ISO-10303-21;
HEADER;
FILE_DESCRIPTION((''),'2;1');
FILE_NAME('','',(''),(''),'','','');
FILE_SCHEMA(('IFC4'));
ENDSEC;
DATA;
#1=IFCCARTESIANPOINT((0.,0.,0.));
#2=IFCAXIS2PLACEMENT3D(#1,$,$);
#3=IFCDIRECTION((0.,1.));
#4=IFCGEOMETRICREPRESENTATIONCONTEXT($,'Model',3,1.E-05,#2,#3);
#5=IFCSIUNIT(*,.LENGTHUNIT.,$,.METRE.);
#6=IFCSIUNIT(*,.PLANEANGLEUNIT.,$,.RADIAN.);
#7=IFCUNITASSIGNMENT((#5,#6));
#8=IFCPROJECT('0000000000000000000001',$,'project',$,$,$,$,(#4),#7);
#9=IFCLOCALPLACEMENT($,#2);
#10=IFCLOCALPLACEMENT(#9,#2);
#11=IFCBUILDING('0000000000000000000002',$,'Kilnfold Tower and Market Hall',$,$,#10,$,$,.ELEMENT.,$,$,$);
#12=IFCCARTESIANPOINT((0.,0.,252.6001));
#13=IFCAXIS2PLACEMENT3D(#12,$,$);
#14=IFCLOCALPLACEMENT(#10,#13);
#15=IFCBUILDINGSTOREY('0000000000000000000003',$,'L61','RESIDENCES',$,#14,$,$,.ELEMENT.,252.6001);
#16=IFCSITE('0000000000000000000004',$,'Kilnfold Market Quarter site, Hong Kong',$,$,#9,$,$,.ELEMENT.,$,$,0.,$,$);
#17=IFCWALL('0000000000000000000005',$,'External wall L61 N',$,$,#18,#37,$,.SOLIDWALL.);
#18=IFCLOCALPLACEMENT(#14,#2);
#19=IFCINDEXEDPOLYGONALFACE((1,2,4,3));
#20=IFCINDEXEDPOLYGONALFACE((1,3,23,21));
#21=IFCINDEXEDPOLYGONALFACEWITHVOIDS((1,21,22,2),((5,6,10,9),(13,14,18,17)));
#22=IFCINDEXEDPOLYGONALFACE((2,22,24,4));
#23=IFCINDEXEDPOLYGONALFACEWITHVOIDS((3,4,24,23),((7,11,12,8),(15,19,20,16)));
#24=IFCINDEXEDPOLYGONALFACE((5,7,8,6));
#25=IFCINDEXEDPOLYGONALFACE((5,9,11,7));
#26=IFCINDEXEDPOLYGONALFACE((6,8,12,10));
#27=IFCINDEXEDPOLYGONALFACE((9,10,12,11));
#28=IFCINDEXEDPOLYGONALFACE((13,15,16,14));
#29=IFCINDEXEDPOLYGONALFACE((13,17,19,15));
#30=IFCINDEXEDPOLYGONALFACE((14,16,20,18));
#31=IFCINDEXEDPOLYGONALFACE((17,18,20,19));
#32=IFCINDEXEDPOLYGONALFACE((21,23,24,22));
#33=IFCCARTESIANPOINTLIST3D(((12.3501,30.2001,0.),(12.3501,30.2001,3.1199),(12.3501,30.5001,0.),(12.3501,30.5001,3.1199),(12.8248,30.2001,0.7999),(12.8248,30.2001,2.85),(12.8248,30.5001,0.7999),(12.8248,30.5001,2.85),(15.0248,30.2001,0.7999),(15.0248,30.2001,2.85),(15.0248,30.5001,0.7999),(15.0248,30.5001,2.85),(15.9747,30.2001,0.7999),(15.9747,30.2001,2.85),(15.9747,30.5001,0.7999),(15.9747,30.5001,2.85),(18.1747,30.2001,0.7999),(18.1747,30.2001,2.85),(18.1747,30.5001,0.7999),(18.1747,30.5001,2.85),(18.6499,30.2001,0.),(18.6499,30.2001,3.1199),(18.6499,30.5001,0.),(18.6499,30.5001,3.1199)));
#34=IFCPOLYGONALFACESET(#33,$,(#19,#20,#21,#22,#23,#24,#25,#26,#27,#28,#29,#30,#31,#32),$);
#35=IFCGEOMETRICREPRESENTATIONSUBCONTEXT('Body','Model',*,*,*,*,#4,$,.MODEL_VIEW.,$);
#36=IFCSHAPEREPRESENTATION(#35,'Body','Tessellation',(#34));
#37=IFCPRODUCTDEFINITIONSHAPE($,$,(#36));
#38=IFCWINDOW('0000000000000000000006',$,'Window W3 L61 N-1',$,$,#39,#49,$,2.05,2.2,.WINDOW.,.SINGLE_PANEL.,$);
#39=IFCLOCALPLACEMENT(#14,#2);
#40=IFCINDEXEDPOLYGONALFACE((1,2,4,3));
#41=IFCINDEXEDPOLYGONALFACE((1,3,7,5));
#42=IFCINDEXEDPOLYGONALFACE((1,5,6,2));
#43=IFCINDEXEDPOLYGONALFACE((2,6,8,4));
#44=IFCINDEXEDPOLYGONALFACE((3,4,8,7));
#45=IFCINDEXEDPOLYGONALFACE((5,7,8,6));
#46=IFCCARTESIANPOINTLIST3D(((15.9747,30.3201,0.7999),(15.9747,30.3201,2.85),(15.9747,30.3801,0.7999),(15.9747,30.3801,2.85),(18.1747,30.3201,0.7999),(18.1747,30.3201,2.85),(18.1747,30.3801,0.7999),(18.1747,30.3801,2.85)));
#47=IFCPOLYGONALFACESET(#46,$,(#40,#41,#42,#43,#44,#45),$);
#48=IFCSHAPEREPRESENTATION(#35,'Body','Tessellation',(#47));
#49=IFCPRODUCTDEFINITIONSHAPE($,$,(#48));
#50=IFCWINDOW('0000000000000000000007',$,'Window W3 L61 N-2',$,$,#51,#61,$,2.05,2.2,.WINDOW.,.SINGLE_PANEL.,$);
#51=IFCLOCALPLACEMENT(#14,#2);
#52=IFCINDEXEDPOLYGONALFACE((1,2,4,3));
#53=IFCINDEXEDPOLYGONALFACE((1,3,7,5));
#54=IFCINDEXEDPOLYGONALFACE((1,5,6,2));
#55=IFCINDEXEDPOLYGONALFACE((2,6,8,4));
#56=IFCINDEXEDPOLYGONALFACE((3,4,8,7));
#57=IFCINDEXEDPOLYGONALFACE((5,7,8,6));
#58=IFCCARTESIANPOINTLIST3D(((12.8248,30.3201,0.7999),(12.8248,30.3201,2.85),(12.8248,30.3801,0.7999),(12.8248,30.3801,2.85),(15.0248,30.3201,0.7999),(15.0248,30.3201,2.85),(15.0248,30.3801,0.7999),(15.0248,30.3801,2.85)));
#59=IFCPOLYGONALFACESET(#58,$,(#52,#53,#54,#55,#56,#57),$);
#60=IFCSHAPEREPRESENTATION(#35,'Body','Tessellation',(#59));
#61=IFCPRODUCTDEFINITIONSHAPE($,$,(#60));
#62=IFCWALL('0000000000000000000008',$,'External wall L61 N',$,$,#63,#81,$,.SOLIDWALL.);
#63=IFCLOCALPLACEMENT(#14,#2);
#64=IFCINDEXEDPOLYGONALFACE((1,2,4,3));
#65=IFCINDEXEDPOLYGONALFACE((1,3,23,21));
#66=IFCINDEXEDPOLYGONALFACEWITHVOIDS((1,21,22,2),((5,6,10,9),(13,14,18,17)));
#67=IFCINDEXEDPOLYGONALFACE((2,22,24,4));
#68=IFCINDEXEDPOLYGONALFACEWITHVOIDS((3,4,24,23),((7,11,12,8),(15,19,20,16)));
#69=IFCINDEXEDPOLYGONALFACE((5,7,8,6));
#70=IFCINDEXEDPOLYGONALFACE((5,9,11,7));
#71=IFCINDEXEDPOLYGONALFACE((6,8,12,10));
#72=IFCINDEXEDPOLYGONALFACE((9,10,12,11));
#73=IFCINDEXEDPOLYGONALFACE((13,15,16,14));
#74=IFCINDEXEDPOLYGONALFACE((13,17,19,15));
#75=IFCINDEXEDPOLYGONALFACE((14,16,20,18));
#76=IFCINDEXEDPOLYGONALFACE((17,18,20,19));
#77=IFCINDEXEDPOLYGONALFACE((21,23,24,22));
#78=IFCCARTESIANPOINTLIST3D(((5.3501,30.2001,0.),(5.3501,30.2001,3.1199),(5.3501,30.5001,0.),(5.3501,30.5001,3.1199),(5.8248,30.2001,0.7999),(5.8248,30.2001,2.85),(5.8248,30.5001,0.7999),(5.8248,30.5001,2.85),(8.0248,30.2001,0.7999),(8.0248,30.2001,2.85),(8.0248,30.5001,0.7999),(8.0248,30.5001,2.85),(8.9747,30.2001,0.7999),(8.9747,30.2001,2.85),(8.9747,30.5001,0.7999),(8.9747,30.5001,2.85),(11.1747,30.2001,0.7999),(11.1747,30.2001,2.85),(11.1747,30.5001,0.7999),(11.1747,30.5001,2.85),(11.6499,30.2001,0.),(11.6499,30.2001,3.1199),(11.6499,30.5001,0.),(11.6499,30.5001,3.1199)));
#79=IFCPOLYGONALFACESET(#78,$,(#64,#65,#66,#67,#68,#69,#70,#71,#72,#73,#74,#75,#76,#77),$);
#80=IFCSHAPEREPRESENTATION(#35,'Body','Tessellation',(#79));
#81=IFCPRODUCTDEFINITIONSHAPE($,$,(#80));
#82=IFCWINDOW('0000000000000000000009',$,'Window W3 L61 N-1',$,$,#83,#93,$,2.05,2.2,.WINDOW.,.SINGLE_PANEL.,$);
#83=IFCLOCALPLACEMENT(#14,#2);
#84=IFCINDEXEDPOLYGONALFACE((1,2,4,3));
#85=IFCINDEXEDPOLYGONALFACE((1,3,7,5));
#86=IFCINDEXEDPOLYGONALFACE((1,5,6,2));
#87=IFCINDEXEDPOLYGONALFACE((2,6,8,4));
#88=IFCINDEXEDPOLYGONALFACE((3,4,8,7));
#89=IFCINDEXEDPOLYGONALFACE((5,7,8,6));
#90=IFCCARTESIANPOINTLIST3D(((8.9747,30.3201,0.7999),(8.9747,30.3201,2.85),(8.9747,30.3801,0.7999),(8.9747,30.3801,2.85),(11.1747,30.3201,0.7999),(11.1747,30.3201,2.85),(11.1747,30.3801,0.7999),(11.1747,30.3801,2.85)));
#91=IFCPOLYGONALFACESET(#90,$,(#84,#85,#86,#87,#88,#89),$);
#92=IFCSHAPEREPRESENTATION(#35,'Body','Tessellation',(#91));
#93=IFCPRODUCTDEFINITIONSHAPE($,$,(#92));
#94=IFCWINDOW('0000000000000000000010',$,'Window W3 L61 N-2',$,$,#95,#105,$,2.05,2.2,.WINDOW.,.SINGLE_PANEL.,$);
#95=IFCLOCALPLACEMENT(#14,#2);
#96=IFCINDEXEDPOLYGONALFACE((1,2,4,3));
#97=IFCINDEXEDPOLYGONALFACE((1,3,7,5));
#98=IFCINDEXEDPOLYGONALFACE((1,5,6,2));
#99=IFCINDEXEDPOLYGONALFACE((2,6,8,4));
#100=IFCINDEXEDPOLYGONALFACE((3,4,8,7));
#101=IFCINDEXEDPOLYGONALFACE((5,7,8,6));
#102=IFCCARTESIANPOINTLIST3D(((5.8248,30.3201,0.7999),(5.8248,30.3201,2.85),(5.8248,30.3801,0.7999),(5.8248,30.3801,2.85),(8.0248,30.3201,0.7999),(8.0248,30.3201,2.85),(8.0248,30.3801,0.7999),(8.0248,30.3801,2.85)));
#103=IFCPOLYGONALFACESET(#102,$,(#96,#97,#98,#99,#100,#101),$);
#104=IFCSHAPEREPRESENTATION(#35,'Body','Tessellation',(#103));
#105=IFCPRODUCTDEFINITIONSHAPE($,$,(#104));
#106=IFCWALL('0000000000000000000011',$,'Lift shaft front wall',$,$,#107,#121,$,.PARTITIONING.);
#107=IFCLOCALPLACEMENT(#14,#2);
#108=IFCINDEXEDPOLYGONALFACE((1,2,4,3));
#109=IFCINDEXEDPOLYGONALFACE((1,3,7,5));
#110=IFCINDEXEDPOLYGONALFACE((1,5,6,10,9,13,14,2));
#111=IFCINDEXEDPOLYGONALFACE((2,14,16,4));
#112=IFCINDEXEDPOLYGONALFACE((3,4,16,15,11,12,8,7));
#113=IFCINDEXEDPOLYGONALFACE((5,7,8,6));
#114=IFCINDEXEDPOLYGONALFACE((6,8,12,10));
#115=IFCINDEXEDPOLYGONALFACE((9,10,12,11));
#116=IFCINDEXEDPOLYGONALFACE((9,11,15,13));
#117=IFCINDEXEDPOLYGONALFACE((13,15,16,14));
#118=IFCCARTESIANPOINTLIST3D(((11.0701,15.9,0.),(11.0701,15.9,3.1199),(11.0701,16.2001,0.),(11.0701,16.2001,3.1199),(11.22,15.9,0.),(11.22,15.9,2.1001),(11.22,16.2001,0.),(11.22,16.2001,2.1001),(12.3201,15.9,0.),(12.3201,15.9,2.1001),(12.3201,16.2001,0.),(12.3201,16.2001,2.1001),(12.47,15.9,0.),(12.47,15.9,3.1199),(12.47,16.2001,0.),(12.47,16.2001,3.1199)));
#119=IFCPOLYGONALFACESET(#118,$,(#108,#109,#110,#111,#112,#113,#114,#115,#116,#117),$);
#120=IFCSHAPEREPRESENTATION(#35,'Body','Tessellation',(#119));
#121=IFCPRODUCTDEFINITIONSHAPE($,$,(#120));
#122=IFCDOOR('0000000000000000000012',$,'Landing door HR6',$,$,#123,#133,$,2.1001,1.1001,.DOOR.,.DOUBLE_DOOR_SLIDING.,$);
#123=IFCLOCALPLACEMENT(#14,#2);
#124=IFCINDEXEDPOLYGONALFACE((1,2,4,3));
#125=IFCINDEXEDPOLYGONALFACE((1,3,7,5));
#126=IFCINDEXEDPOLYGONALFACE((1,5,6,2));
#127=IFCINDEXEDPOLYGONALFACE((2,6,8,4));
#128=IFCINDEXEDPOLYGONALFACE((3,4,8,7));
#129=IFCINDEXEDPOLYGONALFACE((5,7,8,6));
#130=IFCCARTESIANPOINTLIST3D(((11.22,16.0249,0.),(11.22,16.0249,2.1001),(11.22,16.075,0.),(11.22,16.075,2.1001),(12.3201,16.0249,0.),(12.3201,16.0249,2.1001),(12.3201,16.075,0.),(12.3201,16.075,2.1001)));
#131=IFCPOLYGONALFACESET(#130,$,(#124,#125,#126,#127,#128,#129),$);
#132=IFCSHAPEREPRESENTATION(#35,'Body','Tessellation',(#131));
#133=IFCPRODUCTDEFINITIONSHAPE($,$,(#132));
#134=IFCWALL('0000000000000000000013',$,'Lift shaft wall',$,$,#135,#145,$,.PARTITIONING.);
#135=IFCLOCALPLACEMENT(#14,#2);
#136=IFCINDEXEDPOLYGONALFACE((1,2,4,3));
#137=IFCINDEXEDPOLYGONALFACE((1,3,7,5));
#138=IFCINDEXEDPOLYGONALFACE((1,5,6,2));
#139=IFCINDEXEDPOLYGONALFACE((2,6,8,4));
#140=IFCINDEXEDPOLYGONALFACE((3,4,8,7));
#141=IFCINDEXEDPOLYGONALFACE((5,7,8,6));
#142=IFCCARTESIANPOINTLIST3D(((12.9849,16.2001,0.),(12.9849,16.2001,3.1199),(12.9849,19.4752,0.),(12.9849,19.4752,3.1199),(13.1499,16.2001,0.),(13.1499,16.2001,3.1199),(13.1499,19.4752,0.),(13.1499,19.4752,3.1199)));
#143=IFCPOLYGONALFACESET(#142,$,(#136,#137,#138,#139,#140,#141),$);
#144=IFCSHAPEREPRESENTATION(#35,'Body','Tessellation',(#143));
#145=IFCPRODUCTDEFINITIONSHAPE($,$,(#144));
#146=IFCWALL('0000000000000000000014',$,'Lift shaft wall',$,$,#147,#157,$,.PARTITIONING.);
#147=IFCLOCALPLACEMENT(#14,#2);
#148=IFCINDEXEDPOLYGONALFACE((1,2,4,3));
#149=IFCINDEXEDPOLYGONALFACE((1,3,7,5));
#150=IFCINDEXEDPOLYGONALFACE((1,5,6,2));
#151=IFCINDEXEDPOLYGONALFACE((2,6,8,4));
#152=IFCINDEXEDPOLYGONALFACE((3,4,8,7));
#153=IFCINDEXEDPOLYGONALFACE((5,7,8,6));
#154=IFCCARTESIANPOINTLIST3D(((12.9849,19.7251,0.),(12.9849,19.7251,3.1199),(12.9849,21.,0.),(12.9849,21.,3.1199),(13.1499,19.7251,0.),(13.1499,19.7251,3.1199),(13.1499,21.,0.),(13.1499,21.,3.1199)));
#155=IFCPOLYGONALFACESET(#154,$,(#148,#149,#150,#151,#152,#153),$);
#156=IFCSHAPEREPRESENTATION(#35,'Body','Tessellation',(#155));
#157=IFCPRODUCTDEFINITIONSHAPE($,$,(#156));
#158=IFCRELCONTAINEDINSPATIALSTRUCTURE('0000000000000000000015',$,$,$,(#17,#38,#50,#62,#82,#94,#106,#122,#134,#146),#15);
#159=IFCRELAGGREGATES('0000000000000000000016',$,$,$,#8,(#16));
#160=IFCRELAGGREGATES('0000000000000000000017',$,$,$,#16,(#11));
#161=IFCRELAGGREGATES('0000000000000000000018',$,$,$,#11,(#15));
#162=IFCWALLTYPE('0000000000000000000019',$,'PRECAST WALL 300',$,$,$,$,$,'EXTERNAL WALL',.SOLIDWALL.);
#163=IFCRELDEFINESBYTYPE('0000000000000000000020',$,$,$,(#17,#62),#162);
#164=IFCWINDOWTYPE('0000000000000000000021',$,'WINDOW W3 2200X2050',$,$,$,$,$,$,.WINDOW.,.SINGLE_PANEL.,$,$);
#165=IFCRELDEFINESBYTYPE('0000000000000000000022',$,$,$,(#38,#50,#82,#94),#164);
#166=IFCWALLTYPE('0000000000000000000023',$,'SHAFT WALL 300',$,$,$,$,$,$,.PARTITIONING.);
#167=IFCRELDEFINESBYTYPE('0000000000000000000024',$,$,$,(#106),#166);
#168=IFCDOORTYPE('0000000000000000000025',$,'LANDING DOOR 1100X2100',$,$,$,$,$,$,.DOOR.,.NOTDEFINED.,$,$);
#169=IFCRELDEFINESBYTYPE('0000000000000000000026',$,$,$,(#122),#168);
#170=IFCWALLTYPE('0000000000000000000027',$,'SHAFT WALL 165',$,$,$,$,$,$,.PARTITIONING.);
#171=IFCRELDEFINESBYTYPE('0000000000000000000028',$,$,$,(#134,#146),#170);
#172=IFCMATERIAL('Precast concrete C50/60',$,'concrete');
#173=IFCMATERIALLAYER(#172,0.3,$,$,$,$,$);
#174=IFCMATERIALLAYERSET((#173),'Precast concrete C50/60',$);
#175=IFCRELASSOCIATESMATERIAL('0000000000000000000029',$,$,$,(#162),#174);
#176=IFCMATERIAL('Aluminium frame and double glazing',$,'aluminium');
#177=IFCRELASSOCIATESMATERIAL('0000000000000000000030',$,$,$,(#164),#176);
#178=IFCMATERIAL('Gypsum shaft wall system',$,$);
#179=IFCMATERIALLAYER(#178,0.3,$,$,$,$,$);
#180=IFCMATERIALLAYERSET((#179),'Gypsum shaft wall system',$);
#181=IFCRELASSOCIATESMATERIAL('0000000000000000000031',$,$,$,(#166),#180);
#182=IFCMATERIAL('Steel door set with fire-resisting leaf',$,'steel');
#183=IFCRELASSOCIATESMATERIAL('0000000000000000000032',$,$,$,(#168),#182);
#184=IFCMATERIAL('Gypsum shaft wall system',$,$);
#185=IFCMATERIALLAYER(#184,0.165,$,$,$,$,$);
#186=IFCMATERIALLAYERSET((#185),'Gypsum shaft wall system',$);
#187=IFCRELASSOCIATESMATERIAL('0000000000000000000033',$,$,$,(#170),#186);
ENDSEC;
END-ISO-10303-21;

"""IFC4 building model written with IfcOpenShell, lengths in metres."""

from ifc_helpers import new_model, si_unit, direction, frame, frame_2d, origin, place, context, subcontext, project, spatial, rectangle, extrude, source, transform, mapped, material, layer, layer_set, type_object, element, fill, save


model = new_model("IFC4")

# Units and contexts
model_context = context("Model", 3, precision=1e-05, world=origin(), true_north=direction((0.0, 1.0)))
body_context = subcontext(model_context, "Body", "Model", "MODEL_VIEW")
ifc_project = project(units=[si_unit("LENGTHUNIT", "METRE"), si_unit("PLANEANGLEUNIT", "RADIAN")], contexts=[model_context])

# Site, building, storey
site_placement = place(None, origin())
site = spatial("IfcSite", under=ifc_project, at=site_placement, Name="Kilnfold Market Quarter site, Hong Kong", CompositionType="ELEMENT", RefElevation=0.0)
building_placement = place(site_placement, origin())
building = spatial("IfcBuilding", under=site, at=building_placement, Name="Kilnfold Tower and Market Hall", CompositionType="ELEMENT")
storey_placement = place(building_placement, frame((0.0, 0.0, 252.6001)))
storey = spatial("IfcBuildingStorey", under=building, at=storey_placement, Name="L61", Description="RESIDENCES", CompositionType="ELEMENT", Elevation=252.6001)

# Walls, openings, windows
ifc_material_1 = material(Name="Precast concrete C50/60", Category="concrete")
ifc_layer_1 = layer(ifc_material_1, 0.3)
ifc_layer_set_1 = layer_set([ifc_layer_1], Name="Precast concrete C50/60")
wall_type_1 = type_object("IfcWallType", Name="PRECAST WALL 300", ElementType="EXTERNAL WALL", PredefinedType="SOLIDWALL", material=ifc_layer_set_1)
shared_shape_1 = source(origin(), body_context, "Body", "SweptSolid", [
    extrude(rectangle(XDim=6.2998, YDim=0.3, at=frame_2d((3.1499, 0.0))), origin(), (0.0, 0.0, 1.0), 3.1199),
])
wall_1_placement = place(storey_placement, frame((18.6499, 30.3501, 0.0), z_axis=(0.0, 0.0, 1.0), x_axis=(-1.0, 0.0, 0.0)))
wall_1 = element("IfcWall", 1, at=wall_1_placement, inside=storey, type_object=wall_type_1, Name="External wall L61 N", PredefinedType="SOLIDWALL", context=body_context, shape_type="MappedRepresentation", body=[
    mapped(shared_shape_1, transform((0.0, 0.0, 0.0))),
])
opening_1_placement = place(wall_1_placement, frame((0.4751, 0.0, 0.8)))
opening_1 = element("IfcOpeningElement", 2, at=opening_1_placement, cuts=wall_1, PredefinedType="OPENING", context=body_context, shape_type="SweptSolid", body=[
    extrude(rectangle(XDim=2.2, YDim=2.05, at=frame_2d((1.1001, 1.0249))), frame((0.0, 0.1602, 0.0), z_axis=(0.0, -1.0, 0.0), x_axis=(1.0, 0.0, 0.0)), (0.0, 0.0, 1.0), 0.3201),
])
opening_2_placement = place(wall_1_placement, frame((3.625, 0.0, 0.8)))
opening_2 = element("IfcOpeningElement", 3, at=opening_2_placement, cuts=wall_1, PredefinedType="OPENING", context=body_context, shape_type="SweptSolid", body=[
    extrude(rectangle(XDim=2.2, YDim=2.05, at=frame_2d((1.1001, 1.0249))), frame((0.0, 0.1602, 0.0), z_axis=(0.0, -1.0, 0.0), x_axis=(1.0, 0.0, 0.0)), (0.0, 0.0, 1.0), 0.3201),
])
ifc_material_2 = material(Name="Aluminium frame and double glazing", Category="aluminium")
window_type = type_object("IfcWindowType", Name="WINDOW W3 2200X2050", PartitioningType="SINGLE_PANEL", PredefinedType="WINDOW", material=ifc_material_2)
window_1_placement = place(opening_1_placement, origin())
window_1 = element("IfcWindow", 4, at=window_1_placement, inside=storey, type_object=window_type, Name="Window W3 L61 N-1", OverallHeight=2.05, OverallWidth=2.2, PartitioningType="SINGLE_PANEL", PredefinedType="WINDOW", context=body_context, shape_type="SweptSolid", body=[
    extrude(rectangle(XDim=2.2, YDim=2.05, at=frame_2d((1.1001, 1.0249))), frame((0.0, 0.03, 0.0), z_axis=(0.0, -1.0, 0.0), x_axis=(1.0, 0.0, 0.0)), (0.0, 0.0, 1.0), 0.0601),
])
fill(opening_1, window_1)
window_2_placement = place(opening_2_placement, origin())
window_2 = element("IfcWindow", 5, at=window_2_placement, inside=storey, type_object=window_type, Name="Window W3 L61 N-2", OverallHeight=2.05, OverallWidth=2.2, PartitioningType="SINGLE_PANEL", PredefinedType="WINDOW", context=body_context, shape_type="SweptSolid", body=[
    extrude(rectangle(XDim=2.2, YDim=2.05, at=frame_2d((1.1001, 1.0249))), frame((0.0, 0.03, 0.0), z_axis=(0.0, -1.0, 0.0), x_axis=(1.0, 0.0, 0.0)), (0.0, 0.0, 1.0), 0.0601),
])
fill(opening_2, window_2)
wall_2_placement = place(storey_placement, frame((11.6499, 30.3501, 0.0), z_axis=(0.0, 0.0, 1.0), x_axis=(-1.0, 0.0, 0.0)))
wall_2 = element("IfcWall", 6, at=wall_2_placement, inside=storey, type_object=wall_type_1, Name="External wall L61 N", PredefinedType="SOLIDWALL", context=body_context, shape_type="MappedRepresentation", body=[
    mapped(shared_shape_1, transform((0.0, 0.0, 0.0))),
])
opening_3_placement = place(wall_2_placement, frame((0.4751, 0.0, 0.8)))
opening_3 = element("IfcOpeningElement", 7, at=opening_3_placement, cuts=wall_2, PredefinedType="OPENING", context=body_context, shape_type="SweptSolid", body=[
    extrude(rectangle(XDim=2.2, YDim=2.05, at=frame_2d((1.1001, 1.0249))), frame((0.0, 0.1602, 0.0), z_axis=(0.0, -1.0, 0.0), x_axis=(1.0, 0.0, 0.0)), (0.0, 0.0, 1.0), 0.3201),
])
opening_4_placement = place(wall_2_placement, frame((3.625, 0.0, 0.8)))
opening_4 = element("IfcOpeningElement", 8, at=opening_4_placement, cuts=wall_2, PredefinedType="OPENING", context=body_context, shape_type="SweptSolid", body=[
    extrude(rectangle(XDim=2.2, YDim=2.05, at=frame_2d((1.1001, 1.0249))), frame((0.0, 0.1602, 0.0), z_axis=(0.0, -1.0, 0.0), x_axis=(1.0, 0.0, 0.0)), (0.0, 0.0, 1.0), 0.3201),
])
window_3_placement = place(opening_3_placement, origin())
window_3 = element("IfcWindow", 9, at=window_3_placement, inside=storey, type_object=window_type, Name="Window W3 L61 N-1", OverallHeight=2.05, OverallWidth=2.2, PartitioningType="SINGLE_PANEL", PredefinedType="WINDOW", context=body_context, shape_type="SweptSolid", body=[
    extrude(rectangle(XDim=2.2, YDim=2.05, at=frame_2d((1.1001, 1.0249))), frame((0.0, 0.03, 0.0), z_axis=(0.0, -1.0, 0.0), x_axis=(1.0, 0.0, 0.0)), (0.0, 0.0, 1.0), 0.0601),
])
fill(opening_3, window_3)
window_4_placement = place(opening_4_placement, origin())
window_4 = element("IfcWindow", 10, at=window_4_placement, inside=storey, type_object=window_type, Name="Window W3 L61 N-2", OverallHeight=2.05, OverallWidth=2.2, PartitioningType="SINGLE_PANEL", PredefinedType="WINDOW", context=body_context, shape_type="SweptSolid", body=[
    extrude(rectangle(XDim=2.2, YDim=2.05, at=frame_2d((1.1001, 1.0249))), frame((0.0, 0.03, 0.0), z_axis=(0.0, -1.0, 0.0), x_axis=(1.0, 0.0, 0.0)), (0.0, 0.0, 1.0), 0.0601),
])
fill(opening_4, window_4)

# Wall, opening, door
ifc_material_3 = material(Name="Gypsum shaft wall system")
ifc_layer_2 = layer(ifc_material_3, 0.3)
ifc_layer_set_2 = layer_set([ifc_layer_2], Name="Gypsum shaft wall system")
wall_type_2 = type_object("IfcWallType", Name="SHAFT WALL 300", PredefinedType="PARTITIONING", material=ifc_layer_set_2)
shared_shape_2 = source(origin(), body_context, "Body", "SweptSolid", [
    extrude(rectangle(XDim=1.3999, YDim=0.3, at=frame_2d((0.7, 0.0))), origin(), (0.0, 0.0, 1.0), 3.1199),
])
wall_3_placement = place(storey_placement, frame((11.0701, 16.05, 0.0), z_axis=(0.0, 0.0, 1.0), x_axis=(1.0, 0.0, 0.0)))
wall_3 = element("IfcWall", 11, at=wall_3_placement, inside=storey, type_object=wall_type_2, Name="Lift shaft front wall", PredefinedType="PARTITIONING", context=body_context, shape_type="MappedRepresentation", body=[
    mapped(shared_shape_2, transform((0.0, 0.0, 0.0))),
])
opening_5_placement = place(wall_3_placement, frame((0.1499, 0.0, 0.0)))
opening_5 = element("IfcOpeningElement", 12, at=opening_5_placement, cuts=wall_3, PredefinedType="OPENING", context=body_context, shape_type="SweptSolid", body=[
    extrude(rectangle(XDim=1.1001, YDim=2.1001, at=frame_2d((0.55, 1.05))), frame((0.0, 0.1602, 0.0), z_axis=(0.0, -1.0, 0.0), x_axis=(1.0, 0.0, 0.0)), (0.0, 0.0, 1.0), 0.3201),
])
ifc_material_4 = material(Name="Steel door set with fire-resisting leaf", Category="steel")
door_type_1 = type_object("IfcDoorType", Name="LANDING DOOR 1100X2100", OperationType="NOTDEFINED", PredefinedType="DOOR", material=ifc_material_4)
door_1_placement = place(opening_5_placement, origin())
door_1 = element("IfcDoor", 13, at=door_1_placement, inside=storey, type_object=door_type_1, Name="Landing door HR6", OperationType="DOUBLE_DOOR_SLIDING", OverallHeight=2.1001, OverallWidth=1.1001, PredefinedType="DOOR", context=body_context, shape_type="SweptSolid", body=[
    extrude(rectangle(XDim=1.1001, YDim=2.1001, at=frame_2d((0.55, 1.05))), frame((0.0, 0.0249, 0.0), z_axis=(0.0, -1.0, 0.0), x_axis=(1.0, 0.0, 0.0)), (0.0, 0.0, 1.0), 0.05),
])
fill(opening_5, door_1)

# Walls
ifc_material_5 = material(Name="Gypsum shaft wall system")
ifc_layer_3 = layer(ifc_material_5, 0.165)
ifc_layer_set_3 = layer_set([ifc_layer_3], Name="Gypsum shaft wall system")
wall_type_3 = type_object("IfcWallType", Name="SHAFT WALL 165", PredefinedType="PARTITIONING", material=ifc_layer_set_3)
shared_shape_3 = source(origin(), body_context, "Body", "SweptSolid", [
    extrude(rectangle(XDim=3.2751, YDim=0.165, at=frame_2d((1.6377, 0.0))), origin(), (0.0, 0.0, 1.0), 3.1199),
])
wall_4_placement = place(storey_placement, frame((13.0674, 16.2, 0.0), z_axis=(0.0, 0.0, 1.0), x_axis=(0.0, 1.0, 0.0)))
element("IfcWall", 14, at=wall_4_placement, inside=storey, type_object=wall_type_3, Name="Lift shaft wall", PredefinedType="PARTITIONING", context=body_context, shape_type="MappedRepresentation", body=[
    mapped(shared_shape_3, transform((0.0, 0.0, 0.0))),
])
shared_shape_4 = source(origin(), body_context, "Body", "SweptSolid", [
    extrude(rectangle(XDim=1.2749, YDim=0.165, at=frame_2d((0.6375, 0.0))), origin(), (0.0, 0.0, 1.0), 3.1199),
])
wall_5_placement = place(storey_placement, frame((13.0674, 19.7251, 0.0), z_axis=(0.0, 0.0, 1.0), x_axis=(0.0, 1.0, 0.0)))
element("IfcWall", 15, at=wall_5_placement, inside=storey, type_object=wall_type_3, Name="Lift shaft wall", PredefinedType="PARTITIONING", context=body_context, shape_type="MappedRepresentation", body=[
    mapped(shared_shape_4, transform((0.0, 0.0, 0.0))),
])

save(model, "model.ifc")
